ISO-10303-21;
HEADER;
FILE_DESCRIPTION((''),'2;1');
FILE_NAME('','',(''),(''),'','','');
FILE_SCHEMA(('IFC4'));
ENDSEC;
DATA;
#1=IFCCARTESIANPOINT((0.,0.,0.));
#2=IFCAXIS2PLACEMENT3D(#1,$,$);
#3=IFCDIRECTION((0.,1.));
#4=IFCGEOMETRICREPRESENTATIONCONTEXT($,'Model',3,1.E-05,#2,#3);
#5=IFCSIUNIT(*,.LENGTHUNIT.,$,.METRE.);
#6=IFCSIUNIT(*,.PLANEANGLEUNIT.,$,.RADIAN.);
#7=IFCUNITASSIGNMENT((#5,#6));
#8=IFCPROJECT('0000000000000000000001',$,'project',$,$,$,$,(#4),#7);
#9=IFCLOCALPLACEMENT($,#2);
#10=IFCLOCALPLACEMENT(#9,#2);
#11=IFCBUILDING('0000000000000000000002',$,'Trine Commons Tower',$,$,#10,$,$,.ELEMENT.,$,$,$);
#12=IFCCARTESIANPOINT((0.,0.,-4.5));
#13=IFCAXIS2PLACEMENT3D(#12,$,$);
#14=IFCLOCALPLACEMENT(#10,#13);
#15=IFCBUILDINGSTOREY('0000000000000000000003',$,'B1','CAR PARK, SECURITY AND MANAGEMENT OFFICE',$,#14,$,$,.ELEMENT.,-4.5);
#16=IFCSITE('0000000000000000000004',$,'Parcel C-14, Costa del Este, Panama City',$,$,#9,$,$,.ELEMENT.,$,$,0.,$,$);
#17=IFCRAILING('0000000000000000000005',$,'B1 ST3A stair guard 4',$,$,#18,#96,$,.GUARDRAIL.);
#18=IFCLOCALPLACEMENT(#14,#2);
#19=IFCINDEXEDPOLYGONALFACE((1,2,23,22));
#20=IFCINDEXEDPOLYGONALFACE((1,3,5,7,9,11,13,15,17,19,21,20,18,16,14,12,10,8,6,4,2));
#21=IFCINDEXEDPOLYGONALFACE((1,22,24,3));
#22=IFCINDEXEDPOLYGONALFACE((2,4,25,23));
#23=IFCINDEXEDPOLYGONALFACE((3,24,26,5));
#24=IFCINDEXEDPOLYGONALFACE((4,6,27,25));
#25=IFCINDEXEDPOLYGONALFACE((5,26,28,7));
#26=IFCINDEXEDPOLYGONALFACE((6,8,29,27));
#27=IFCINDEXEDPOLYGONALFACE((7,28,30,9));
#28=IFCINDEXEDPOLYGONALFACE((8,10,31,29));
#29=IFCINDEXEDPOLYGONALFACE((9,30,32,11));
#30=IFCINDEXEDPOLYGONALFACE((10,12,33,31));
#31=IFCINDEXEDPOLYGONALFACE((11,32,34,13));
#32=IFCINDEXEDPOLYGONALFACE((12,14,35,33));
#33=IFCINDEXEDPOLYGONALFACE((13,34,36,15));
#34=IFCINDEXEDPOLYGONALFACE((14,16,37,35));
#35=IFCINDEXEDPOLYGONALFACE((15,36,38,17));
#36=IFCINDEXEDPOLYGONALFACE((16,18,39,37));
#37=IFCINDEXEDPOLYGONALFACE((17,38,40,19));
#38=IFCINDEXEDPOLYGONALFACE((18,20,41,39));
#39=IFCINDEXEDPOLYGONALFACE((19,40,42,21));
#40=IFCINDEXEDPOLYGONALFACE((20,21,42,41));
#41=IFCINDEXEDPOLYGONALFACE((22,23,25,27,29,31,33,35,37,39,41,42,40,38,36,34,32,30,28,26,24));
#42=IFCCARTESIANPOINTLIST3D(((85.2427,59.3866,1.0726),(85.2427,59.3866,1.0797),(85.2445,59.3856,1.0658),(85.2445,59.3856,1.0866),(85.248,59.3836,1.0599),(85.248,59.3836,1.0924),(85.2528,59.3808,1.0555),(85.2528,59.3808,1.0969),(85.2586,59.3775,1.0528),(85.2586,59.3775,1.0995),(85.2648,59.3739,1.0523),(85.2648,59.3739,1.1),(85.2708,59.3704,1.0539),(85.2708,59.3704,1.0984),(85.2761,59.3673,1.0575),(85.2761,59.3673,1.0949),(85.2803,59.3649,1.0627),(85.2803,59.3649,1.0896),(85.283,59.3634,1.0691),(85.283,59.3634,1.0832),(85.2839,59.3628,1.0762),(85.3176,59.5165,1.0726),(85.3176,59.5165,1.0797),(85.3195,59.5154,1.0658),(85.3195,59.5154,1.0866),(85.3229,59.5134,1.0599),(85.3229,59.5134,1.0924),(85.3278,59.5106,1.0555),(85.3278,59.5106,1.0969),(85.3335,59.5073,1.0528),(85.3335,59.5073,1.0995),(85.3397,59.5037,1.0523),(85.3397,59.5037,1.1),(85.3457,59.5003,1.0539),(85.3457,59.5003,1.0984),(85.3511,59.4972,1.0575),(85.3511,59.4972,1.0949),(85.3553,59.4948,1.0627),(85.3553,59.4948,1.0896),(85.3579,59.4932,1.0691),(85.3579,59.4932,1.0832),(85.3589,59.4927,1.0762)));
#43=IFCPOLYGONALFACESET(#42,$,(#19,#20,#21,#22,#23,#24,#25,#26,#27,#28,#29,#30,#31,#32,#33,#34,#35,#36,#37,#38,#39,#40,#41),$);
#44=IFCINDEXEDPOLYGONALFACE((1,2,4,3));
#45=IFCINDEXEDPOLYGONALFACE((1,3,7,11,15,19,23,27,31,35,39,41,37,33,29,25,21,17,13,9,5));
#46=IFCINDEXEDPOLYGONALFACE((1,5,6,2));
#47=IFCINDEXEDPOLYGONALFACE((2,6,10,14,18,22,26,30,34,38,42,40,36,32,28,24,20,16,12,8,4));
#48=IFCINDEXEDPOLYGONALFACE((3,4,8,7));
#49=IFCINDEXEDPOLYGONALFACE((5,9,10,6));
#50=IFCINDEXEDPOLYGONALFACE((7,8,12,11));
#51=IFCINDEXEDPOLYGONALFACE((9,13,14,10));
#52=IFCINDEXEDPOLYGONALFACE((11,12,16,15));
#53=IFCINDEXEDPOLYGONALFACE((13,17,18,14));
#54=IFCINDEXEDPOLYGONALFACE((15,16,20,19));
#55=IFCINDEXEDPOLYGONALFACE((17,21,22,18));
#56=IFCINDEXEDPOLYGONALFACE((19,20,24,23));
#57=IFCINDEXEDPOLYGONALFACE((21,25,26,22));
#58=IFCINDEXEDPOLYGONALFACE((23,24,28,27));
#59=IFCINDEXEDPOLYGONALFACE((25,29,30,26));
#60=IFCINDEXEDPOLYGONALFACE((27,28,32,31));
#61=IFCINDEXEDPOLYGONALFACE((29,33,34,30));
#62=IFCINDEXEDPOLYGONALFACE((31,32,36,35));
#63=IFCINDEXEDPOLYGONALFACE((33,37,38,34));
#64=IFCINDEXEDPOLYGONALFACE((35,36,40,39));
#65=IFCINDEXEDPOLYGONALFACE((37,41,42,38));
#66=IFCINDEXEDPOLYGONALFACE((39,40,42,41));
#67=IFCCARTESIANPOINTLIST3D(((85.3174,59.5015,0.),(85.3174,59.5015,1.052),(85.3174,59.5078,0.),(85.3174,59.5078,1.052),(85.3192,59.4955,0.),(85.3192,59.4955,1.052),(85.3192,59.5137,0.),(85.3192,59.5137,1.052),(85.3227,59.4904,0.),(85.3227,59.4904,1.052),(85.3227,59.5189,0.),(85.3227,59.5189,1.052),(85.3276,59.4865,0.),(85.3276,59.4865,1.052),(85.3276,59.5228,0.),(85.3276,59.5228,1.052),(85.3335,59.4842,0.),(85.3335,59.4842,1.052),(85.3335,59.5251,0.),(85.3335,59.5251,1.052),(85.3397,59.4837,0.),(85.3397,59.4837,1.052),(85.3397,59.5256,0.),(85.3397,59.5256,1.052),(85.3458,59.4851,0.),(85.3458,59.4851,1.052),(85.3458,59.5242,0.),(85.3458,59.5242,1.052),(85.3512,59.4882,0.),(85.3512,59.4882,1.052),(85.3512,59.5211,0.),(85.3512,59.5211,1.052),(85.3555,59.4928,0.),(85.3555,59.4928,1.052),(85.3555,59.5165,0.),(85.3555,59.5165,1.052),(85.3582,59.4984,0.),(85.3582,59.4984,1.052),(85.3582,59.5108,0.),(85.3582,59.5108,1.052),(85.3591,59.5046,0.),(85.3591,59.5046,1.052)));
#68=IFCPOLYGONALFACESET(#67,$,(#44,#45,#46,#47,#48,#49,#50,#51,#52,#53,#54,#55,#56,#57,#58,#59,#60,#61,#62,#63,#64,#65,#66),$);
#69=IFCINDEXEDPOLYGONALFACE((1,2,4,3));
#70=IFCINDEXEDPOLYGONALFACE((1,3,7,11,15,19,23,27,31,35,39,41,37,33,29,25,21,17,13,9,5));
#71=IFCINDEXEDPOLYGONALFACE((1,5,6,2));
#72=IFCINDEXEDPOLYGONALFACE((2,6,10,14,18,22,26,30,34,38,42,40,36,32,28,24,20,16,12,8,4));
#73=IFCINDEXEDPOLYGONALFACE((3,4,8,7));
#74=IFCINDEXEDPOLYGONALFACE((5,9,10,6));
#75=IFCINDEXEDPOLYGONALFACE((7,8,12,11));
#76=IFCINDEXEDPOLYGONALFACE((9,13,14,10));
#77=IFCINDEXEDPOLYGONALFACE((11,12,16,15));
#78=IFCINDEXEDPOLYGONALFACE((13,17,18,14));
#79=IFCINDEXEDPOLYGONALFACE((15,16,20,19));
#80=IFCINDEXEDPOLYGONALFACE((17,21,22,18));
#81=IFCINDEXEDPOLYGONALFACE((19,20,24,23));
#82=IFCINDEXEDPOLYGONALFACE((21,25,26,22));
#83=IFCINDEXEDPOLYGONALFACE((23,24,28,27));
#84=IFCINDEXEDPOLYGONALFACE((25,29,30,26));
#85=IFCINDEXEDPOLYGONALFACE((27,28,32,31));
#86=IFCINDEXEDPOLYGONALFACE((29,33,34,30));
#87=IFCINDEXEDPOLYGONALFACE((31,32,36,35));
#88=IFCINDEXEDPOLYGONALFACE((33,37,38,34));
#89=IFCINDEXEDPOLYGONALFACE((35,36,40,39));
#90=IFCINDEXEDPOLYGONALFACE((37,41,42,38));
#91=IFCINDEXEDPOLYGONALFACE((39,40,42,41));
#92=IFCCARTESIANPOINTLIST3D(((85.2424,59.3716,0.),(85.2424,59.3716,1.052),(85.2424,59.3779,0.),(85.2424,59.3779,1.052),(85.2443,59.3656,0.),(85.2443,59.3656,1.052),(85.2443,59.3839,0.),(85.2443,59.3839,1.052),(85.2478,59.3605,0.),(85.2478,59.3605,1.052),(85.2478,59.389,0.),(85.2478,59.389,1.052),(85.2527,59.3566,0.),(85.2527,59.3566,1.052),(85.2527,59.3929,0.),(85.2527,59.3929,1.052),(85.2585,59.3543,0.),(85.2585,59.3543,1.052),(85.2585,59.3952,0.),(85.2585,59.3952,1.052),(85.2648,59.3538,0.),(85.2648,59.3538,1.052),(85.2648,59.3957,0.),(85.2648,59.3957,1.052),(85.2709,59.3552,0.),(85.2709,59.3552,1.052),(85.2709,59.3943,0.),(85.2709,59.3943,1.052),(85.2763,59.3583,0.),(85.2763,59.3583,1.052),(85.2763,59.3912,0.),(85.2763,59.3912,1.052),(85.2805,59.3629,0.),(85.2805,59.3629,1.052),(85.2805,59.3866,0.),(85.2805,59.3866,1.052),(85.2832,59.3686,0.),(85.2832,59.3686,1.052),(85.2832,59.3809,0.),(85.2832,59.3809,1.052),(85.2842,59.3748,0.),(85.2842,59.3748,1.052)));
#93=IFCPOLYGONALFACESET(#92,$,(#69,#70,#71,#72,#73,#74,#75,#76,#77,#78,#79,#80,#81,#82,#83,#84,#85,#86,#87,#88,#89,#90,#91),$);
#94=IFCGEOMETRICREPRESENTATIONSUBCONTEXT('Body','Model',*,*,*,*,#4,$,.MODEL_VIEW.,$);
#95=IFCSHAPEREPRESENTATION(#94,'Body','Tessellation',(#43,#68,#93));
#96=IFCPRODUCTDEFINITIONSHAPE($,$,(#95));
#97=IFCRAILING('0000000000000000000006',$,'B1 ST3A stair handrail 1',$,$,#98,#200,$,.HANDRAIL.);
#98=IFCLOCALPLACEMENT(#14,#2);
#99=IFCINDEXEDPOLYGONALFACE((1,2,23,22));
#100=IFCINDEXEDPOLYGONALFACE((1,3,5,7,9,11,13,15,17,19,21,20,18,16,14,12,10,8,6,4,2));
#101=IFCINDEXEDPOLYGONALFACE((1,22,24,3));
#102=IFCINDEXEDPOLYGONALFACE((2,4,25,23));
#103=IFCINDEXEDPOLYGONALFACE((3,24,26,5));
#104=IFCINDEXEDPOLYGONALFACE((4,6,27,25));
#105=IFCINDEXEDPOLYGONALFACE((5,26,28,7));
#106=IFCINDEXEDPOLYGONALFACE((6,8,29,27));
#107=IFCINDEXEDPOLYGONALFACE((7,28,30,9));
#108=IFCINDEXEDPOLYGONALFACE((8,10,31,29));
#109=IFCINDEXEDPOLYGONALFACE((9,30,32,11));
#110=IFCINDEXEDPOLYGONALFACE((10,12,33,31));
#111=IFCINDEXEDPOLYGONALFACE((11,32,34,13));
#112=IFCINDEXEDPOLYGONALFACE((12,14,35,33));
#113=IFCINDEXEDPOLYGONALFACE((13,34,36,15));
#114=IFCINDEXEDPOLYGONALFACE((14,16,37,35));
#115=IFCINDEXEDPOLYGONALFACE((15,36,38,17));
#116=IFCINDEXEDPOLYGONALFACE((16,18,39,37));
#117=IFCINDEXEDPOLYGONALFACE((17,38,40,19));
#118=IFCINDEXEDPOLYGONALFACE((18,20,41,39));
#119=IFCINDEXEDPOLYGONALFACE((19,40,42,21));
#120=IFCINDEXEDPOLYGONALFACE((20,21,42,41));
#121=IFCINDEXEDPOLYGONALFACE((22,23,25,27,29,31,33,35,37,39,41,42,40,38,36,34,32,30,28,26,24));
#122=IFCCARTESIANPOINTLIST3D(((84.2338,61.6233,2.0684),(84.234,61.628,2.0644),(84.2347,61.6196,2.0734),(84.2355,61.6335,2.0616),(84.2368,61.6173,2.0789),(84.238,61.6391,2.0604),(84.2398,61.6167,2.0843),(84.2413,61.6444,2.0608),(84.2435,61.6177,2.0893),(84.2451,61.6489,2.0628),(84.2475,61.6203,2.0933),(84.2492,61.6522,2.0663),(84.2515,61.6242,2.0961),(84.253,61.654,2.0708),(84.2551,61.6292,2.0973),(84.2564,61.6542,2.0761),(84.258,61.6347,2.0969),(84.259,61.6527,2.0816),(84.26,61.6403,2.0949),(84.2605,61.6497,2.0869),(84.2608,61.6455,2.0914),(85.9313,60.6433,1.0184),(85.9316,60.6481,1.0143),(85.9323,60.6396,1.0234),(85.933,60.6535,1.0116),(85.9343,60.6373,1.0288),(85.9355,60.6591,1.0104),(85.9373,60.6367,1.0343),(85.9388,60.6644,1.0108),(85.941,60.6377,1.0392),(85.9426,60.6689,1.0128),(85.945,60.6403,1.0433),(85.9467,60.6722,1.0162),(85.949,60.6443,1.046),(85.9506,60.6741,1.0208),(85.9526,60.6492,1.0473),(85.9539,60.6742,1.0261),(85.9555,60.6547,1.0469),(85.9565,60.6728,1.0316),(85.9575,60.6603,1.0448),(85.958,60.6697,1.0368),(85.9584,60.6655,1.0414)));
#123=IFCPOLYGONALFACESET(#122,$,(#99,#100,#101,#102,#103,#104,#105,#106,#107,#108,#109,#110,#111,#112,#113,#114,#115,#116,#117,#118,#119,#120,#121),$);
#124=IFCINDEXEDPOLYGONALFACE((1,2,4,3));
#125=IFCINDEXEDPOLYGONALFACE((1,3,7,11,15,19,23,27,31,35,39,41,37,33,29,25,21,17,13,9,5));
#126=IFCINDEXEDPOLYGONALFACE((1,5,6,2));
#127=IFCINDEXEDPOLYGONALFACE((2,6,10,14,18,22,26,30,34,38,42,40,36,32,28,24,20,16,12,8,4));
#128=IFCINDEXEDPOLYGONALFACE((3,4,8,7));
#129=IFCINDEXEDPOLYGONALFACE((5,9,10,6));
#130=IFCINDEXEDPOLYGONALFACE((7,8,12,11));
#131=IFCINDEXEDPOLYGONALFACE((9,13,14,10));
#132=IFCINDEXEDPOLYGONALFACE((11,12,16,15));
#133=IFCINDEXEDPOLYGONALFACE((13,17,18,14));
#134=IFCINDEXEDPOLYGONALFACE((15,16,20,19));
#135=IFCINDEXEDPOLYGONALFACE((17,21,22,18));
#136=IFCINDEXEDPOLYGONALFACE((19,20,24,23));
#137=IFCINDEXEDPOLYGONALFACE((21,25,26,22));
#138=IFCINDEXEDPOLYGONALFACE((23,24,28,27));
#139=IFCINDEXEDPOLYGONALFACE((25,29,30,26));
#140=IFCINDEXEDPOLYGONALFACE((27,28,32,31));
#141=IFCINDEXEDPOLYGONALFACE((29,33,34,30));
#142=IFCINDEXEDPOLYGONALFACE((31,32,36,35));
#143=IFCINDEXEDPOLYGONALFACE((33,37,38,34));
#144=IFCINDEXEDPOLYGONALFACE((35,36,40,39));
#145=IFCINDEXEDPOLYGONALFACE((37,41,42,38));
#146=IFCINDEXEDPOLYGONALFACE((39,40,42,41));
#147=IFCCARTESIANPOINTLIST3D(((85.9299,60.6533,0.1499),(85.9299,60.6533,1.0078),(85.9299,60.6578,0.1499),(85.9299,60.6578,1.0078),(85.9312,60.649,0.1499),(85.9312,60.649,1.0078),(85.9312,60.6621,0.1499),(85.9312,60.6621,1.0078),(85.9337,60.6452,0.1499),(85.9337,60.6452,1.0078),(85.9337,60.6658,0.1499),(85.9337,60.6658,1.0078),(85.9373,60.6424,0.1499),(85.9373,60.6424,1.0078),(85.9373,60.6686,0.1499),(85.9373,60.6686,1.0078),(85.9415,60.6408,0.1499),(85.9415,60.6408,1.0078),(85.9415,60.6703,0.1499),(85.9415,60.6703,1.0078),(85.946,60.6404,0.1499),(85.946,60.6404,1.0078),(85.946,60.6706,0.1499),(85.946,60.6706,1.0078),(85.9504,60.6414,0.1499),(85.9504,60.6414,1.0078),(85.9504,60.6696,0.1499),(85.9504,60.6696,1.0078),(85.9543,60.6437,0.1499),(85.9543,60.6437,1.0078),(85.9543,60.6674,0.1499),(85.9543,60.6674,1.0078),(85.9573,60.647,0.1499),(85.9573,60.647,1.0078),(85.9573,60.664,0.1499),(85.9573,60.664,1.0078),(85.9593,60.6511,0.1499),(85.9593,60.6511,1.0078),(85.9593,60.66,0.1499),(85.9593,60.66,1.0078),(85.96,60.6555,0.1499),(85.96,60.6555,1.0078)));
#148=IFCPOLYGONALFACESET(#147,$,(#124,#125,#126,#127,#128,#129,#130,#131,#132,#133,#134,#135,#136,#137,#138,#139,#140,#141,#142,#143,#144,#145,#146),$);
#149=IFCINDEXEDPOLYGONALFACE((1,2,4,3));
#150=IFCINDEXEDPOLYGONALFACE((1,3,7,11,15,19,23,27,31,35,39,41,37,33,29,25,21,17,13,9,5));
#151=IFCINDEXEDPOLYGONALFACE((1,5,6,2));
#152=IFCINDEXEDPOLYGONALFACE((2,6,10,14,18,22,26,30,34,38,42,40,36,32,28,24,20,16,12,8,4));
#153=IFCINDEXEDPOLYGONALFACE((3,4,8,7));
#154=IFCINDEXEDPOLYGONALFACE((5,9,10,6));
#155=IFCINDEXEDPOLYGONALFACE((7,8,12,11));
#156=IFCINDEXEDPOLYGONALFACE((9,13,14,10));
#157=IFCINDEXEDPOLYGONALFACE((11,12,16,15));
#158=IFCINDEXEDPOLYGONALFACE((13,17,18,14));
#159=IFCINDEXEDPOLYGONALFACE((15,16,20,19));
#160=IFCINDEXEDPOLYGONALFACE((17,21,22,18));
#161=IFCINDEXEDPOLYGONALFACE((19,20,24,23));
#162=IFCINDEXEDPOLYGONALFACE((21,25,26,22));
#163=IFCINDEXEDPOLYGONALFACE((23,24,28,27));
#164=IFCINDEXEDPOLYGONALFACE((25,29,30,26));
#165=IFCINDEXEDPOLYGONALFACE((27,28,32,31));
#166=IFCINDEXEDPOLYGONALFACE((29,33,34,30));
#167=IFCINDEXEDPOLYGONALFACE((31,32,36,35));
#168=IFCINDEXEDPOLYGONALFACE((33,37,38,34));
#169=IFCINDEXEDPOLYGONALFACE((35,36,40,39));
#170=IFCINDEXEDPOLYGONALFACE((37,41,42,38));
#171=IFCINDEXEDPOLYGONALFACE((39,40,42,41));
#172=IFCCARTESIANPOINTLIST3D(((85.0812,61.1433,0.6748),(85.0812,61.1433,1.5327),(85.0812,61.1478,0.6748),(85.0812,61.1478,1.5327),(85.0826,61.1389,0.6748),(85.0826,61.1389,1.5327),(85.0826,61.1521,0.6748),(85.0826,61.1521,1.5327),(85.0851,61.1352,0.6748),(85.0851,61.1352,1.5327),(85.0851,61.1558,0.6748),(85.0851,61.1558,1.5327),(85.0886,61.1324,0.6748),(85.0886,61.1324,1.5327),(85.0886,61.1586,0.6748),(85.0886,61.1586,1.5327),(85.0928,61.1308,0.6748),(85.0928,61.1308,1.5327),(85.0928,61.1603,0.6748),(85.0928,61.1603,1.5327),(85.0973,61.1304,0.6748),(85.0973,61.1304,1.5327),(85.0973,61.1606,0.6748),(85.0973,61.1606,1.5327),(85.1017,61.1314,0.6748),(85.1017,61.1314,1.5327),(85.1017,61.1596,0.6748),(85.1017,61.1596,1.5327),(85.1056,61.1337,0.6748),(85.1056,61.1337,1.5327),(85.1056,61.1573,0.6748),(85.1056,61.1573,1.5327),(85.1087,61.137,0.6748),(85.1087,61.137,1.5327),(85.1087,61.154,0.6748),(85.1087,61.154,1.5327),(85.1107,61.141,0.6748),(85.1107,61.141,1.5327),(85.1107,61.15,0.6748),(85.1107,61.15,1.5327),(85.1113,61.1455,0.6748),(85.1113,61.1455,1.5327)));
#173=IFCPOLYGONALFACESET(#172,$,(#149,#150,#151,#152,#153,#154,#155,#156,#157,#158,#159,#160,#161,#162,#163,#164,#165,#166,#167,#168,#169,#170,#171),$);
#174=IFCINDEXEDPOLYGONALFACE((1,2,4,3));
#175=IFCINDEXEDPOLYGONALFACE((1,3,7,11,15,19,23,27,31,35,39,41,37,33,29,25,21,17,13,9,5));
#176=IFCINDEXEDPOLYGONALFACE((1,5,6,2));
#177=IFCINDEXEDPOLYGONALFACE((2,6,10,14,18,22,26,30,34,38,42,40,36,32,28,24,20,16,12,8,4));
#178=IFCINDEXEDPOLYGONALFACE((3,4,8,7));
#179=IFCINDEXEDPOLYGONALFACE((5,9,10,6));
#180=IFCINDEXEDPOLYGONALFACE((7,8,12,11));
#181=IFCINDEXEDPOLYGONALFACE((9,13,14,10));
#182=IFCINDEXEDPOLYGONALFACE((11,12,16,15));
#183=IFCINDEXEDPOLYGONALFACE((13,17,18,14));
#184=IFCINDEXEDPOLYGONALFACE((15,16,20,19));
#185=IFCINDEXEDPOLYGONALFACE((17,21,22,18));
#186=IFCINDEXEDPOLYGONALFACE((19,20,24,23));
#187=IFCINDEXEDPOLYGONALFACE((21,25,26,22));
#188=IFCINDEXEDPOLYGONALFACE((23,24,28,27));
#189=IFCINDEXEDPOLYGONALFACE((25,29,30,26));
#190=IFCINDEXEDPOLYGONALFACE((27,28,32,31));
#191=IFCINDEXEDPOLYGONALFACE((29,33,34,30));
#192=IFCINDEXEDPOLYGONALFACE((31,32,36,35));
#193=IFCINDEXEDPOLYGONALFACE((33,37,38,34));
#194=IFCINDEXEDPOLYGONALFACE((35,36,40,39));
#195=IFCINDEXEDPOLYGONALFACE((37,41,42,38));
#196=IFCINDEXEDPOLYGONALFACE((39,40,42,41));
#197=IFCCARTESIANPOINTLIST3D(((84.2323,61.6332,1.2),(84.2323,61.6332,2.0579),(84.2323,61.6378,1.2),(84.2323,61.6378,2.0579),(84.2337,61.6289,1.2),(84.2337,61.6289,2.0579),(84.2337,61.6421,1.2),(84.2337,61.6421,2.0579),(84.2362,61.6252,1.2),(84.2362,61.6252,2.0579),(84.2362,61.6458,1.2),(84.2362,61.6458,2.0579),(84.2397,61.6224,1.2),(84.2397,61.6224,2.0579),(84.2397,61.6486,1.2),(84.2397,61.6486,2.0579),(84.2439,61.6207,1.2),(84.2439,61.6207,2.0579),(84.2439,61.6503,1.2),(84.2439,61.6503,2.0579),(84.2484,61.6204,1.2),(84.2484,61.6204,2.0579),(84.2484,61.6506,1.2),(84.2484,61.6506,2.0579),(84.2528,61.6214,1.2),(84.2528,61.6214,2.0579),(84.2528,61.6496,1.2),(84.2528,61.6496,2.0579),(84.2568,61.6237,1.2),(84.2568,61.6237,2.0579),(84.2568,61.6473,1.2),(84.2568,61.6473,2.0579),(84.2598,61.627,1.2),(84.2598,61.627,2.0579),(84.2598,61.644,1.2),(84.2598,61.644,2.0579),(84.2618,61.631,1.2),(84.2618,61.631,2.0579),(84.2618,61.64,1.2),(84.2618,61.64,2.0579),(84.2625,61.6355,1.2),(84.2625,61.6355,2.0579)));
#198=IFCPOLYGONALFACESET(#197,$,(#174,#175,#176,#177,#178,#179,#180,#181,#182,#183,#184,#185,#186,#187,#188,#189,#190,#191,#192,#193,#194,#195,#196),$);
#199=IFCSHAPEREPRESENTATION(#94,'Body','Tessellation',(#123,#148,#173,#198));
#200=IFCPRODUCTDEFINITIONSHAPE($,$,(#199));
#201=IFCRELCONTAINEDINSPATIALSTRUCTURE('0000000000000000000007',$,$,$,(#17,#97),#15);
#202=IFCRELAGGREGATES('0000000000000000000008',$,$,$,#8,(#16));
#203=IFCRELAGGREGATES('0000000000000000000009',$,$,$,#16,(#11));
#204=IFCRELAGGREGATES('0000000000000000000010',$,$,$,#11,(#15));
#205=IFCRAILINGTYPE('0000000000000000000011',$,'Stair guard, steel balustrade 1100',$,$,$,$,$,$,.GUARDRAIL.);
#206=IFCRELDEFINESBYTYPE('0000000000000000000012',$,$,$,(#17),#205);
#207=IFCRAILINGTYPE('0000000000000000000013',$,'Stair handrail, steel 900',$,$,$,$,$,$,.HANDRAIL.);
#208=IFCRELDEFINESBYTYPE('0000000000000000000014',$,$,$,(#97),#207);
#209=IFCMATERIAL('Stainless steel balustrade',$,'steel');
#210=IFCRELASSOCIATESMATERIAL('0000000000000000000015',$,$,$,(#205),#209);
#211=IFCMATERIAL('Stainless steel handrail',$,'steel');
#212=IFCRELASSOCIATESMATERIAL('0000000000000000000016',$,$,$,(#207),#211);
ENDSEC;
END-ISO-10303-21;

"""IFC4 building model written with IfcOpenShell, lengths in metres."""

from ifc_helpers import new_model, si_unit, direction, frame, origin, origin_2d, place, context, subcontext, project, spatial, circle, extrude, material, type_object, element, save


model = new_model("IFC4")

# Units and contexts
model_context = context("Model", 3, precision=1e-05, world=origin(), true_north=direction((0.0, 1.0)))
body_context = subcontext(model_context, "Body", "Model", "MODEL_VIEW")
ifc_project = project(units=[si_unit("LENGTHUNIT", "METRE"), si_unit("PLANEANGLEUNIT", "RADIAN")], contexts=[model_context])

# Site, building, storey
site_placement = place(None, origin())
site = spatial("IfcSite", under=ifc_project, at=site_placement, Name="Parcel C-14, Costa del Este, Panama City", CompositionType="ELEMENT", RefElevation=0.0)
building_placement = place(site_placement, origin())
building = spatial("IfcBuilding", under=site, at=building_placement, Name="Trine Commons Tower", CompositionType="ELEMENT")
storey_placement = place(building_placement, frame((0.0, 0.0, -4.5)))
storey = spatial("IfcBuildingStorey", under=building, at=storey_placement, Name="B1", Description="CAR PARK, SECURITY AND MANAGEMENT OFFICE", CompositionType="ELEMENT", Elevation=-4.5)

# Railings
ifc_material_1 = material(Name="Stainless steel balustrade", Category="steel")
railing_type_1 = type_object("IfcRailingType", Name="Stair guard, steel balustrade 1100", PredefinedType="GUARDRAIL", material=ifc_material_1)
railing_1_placement = place(storey_placement, frame((85.3381, 59.5046, 0.0)))
element("IfcRailing", 1, at=railing_1_placement, inside=storey, type_object=railing_type_1, Name="B1 ST3A stair guard 4", PredefinedType="GUARDRAIL", context=body_context, shape_type="SweptSolid", body=[
    extrude(circle(Radius=0.0239, at=origin_2d()), frame((0.0, 0.0, 1.0762), z_axis=(-0.499816, -0.866131, 0.0), x_axis=(0.866131, -0.499816, 0.0)), (0.0, 0.0, 1.0), 0.1499),
    extrude(circle(Radius=0.021, at=origin_2d()), origin(), (0.0, 0.0, 1.0), 1.052),
    extrude(circle(Radius=0.021, at=origin_2d()), frame((-0.075, -0.1299, 0.0)), (0.0, 0.0, 1.0), 1.052),
])
ifc_material_2 = material(Name="Stainless steel handrail", Category="steel")
railing_type_2 = type_object("IfcRailingType", Name="Stair handrail, steel 900", PredefinedType="HANDRAIL", material=ifc_material_2)
railing_2_placement = place(storey_placement, frame((85.9448, 60.6555, 0.1499)))
element("IfcRailing", 2, at=railing_2_placement, inside=storey, type_object=railing_type_2, Name="B1 ST3A stair handrail 1", PredefinedType="HANDRAIL", context=body_context, shape_type="SweptSolid", body=[
    extrude(circle(Radius=0.021, at=origin_2d()), frame((0.0, 0.0, 0.8789), z_axis=(-0.763398, 0.440713, 0.472224), x_axis=(-0.49997, -0.866042, 0.0)), (0.0, 0.0, 1.0), 2.2236),
    extrude(circle(Radius=0.0151, at=origin_2d()), origin(), (0.0, 0.0, 1.0), 0.8579),
    extrude(circle(Radius=0.0151, at=origin_2d()), frame((-0.8486, 0.49, 0.5249)), (0.0, 0.0, 1.0), 0.8579),
    extrude(circle(Radius=0.0151, at=origin_2d()), frame((-1.6975, 0.98, 1.05)), (0.0, 0.0, 1.0), 0.8579),
])

save(model, "model.ifc")
